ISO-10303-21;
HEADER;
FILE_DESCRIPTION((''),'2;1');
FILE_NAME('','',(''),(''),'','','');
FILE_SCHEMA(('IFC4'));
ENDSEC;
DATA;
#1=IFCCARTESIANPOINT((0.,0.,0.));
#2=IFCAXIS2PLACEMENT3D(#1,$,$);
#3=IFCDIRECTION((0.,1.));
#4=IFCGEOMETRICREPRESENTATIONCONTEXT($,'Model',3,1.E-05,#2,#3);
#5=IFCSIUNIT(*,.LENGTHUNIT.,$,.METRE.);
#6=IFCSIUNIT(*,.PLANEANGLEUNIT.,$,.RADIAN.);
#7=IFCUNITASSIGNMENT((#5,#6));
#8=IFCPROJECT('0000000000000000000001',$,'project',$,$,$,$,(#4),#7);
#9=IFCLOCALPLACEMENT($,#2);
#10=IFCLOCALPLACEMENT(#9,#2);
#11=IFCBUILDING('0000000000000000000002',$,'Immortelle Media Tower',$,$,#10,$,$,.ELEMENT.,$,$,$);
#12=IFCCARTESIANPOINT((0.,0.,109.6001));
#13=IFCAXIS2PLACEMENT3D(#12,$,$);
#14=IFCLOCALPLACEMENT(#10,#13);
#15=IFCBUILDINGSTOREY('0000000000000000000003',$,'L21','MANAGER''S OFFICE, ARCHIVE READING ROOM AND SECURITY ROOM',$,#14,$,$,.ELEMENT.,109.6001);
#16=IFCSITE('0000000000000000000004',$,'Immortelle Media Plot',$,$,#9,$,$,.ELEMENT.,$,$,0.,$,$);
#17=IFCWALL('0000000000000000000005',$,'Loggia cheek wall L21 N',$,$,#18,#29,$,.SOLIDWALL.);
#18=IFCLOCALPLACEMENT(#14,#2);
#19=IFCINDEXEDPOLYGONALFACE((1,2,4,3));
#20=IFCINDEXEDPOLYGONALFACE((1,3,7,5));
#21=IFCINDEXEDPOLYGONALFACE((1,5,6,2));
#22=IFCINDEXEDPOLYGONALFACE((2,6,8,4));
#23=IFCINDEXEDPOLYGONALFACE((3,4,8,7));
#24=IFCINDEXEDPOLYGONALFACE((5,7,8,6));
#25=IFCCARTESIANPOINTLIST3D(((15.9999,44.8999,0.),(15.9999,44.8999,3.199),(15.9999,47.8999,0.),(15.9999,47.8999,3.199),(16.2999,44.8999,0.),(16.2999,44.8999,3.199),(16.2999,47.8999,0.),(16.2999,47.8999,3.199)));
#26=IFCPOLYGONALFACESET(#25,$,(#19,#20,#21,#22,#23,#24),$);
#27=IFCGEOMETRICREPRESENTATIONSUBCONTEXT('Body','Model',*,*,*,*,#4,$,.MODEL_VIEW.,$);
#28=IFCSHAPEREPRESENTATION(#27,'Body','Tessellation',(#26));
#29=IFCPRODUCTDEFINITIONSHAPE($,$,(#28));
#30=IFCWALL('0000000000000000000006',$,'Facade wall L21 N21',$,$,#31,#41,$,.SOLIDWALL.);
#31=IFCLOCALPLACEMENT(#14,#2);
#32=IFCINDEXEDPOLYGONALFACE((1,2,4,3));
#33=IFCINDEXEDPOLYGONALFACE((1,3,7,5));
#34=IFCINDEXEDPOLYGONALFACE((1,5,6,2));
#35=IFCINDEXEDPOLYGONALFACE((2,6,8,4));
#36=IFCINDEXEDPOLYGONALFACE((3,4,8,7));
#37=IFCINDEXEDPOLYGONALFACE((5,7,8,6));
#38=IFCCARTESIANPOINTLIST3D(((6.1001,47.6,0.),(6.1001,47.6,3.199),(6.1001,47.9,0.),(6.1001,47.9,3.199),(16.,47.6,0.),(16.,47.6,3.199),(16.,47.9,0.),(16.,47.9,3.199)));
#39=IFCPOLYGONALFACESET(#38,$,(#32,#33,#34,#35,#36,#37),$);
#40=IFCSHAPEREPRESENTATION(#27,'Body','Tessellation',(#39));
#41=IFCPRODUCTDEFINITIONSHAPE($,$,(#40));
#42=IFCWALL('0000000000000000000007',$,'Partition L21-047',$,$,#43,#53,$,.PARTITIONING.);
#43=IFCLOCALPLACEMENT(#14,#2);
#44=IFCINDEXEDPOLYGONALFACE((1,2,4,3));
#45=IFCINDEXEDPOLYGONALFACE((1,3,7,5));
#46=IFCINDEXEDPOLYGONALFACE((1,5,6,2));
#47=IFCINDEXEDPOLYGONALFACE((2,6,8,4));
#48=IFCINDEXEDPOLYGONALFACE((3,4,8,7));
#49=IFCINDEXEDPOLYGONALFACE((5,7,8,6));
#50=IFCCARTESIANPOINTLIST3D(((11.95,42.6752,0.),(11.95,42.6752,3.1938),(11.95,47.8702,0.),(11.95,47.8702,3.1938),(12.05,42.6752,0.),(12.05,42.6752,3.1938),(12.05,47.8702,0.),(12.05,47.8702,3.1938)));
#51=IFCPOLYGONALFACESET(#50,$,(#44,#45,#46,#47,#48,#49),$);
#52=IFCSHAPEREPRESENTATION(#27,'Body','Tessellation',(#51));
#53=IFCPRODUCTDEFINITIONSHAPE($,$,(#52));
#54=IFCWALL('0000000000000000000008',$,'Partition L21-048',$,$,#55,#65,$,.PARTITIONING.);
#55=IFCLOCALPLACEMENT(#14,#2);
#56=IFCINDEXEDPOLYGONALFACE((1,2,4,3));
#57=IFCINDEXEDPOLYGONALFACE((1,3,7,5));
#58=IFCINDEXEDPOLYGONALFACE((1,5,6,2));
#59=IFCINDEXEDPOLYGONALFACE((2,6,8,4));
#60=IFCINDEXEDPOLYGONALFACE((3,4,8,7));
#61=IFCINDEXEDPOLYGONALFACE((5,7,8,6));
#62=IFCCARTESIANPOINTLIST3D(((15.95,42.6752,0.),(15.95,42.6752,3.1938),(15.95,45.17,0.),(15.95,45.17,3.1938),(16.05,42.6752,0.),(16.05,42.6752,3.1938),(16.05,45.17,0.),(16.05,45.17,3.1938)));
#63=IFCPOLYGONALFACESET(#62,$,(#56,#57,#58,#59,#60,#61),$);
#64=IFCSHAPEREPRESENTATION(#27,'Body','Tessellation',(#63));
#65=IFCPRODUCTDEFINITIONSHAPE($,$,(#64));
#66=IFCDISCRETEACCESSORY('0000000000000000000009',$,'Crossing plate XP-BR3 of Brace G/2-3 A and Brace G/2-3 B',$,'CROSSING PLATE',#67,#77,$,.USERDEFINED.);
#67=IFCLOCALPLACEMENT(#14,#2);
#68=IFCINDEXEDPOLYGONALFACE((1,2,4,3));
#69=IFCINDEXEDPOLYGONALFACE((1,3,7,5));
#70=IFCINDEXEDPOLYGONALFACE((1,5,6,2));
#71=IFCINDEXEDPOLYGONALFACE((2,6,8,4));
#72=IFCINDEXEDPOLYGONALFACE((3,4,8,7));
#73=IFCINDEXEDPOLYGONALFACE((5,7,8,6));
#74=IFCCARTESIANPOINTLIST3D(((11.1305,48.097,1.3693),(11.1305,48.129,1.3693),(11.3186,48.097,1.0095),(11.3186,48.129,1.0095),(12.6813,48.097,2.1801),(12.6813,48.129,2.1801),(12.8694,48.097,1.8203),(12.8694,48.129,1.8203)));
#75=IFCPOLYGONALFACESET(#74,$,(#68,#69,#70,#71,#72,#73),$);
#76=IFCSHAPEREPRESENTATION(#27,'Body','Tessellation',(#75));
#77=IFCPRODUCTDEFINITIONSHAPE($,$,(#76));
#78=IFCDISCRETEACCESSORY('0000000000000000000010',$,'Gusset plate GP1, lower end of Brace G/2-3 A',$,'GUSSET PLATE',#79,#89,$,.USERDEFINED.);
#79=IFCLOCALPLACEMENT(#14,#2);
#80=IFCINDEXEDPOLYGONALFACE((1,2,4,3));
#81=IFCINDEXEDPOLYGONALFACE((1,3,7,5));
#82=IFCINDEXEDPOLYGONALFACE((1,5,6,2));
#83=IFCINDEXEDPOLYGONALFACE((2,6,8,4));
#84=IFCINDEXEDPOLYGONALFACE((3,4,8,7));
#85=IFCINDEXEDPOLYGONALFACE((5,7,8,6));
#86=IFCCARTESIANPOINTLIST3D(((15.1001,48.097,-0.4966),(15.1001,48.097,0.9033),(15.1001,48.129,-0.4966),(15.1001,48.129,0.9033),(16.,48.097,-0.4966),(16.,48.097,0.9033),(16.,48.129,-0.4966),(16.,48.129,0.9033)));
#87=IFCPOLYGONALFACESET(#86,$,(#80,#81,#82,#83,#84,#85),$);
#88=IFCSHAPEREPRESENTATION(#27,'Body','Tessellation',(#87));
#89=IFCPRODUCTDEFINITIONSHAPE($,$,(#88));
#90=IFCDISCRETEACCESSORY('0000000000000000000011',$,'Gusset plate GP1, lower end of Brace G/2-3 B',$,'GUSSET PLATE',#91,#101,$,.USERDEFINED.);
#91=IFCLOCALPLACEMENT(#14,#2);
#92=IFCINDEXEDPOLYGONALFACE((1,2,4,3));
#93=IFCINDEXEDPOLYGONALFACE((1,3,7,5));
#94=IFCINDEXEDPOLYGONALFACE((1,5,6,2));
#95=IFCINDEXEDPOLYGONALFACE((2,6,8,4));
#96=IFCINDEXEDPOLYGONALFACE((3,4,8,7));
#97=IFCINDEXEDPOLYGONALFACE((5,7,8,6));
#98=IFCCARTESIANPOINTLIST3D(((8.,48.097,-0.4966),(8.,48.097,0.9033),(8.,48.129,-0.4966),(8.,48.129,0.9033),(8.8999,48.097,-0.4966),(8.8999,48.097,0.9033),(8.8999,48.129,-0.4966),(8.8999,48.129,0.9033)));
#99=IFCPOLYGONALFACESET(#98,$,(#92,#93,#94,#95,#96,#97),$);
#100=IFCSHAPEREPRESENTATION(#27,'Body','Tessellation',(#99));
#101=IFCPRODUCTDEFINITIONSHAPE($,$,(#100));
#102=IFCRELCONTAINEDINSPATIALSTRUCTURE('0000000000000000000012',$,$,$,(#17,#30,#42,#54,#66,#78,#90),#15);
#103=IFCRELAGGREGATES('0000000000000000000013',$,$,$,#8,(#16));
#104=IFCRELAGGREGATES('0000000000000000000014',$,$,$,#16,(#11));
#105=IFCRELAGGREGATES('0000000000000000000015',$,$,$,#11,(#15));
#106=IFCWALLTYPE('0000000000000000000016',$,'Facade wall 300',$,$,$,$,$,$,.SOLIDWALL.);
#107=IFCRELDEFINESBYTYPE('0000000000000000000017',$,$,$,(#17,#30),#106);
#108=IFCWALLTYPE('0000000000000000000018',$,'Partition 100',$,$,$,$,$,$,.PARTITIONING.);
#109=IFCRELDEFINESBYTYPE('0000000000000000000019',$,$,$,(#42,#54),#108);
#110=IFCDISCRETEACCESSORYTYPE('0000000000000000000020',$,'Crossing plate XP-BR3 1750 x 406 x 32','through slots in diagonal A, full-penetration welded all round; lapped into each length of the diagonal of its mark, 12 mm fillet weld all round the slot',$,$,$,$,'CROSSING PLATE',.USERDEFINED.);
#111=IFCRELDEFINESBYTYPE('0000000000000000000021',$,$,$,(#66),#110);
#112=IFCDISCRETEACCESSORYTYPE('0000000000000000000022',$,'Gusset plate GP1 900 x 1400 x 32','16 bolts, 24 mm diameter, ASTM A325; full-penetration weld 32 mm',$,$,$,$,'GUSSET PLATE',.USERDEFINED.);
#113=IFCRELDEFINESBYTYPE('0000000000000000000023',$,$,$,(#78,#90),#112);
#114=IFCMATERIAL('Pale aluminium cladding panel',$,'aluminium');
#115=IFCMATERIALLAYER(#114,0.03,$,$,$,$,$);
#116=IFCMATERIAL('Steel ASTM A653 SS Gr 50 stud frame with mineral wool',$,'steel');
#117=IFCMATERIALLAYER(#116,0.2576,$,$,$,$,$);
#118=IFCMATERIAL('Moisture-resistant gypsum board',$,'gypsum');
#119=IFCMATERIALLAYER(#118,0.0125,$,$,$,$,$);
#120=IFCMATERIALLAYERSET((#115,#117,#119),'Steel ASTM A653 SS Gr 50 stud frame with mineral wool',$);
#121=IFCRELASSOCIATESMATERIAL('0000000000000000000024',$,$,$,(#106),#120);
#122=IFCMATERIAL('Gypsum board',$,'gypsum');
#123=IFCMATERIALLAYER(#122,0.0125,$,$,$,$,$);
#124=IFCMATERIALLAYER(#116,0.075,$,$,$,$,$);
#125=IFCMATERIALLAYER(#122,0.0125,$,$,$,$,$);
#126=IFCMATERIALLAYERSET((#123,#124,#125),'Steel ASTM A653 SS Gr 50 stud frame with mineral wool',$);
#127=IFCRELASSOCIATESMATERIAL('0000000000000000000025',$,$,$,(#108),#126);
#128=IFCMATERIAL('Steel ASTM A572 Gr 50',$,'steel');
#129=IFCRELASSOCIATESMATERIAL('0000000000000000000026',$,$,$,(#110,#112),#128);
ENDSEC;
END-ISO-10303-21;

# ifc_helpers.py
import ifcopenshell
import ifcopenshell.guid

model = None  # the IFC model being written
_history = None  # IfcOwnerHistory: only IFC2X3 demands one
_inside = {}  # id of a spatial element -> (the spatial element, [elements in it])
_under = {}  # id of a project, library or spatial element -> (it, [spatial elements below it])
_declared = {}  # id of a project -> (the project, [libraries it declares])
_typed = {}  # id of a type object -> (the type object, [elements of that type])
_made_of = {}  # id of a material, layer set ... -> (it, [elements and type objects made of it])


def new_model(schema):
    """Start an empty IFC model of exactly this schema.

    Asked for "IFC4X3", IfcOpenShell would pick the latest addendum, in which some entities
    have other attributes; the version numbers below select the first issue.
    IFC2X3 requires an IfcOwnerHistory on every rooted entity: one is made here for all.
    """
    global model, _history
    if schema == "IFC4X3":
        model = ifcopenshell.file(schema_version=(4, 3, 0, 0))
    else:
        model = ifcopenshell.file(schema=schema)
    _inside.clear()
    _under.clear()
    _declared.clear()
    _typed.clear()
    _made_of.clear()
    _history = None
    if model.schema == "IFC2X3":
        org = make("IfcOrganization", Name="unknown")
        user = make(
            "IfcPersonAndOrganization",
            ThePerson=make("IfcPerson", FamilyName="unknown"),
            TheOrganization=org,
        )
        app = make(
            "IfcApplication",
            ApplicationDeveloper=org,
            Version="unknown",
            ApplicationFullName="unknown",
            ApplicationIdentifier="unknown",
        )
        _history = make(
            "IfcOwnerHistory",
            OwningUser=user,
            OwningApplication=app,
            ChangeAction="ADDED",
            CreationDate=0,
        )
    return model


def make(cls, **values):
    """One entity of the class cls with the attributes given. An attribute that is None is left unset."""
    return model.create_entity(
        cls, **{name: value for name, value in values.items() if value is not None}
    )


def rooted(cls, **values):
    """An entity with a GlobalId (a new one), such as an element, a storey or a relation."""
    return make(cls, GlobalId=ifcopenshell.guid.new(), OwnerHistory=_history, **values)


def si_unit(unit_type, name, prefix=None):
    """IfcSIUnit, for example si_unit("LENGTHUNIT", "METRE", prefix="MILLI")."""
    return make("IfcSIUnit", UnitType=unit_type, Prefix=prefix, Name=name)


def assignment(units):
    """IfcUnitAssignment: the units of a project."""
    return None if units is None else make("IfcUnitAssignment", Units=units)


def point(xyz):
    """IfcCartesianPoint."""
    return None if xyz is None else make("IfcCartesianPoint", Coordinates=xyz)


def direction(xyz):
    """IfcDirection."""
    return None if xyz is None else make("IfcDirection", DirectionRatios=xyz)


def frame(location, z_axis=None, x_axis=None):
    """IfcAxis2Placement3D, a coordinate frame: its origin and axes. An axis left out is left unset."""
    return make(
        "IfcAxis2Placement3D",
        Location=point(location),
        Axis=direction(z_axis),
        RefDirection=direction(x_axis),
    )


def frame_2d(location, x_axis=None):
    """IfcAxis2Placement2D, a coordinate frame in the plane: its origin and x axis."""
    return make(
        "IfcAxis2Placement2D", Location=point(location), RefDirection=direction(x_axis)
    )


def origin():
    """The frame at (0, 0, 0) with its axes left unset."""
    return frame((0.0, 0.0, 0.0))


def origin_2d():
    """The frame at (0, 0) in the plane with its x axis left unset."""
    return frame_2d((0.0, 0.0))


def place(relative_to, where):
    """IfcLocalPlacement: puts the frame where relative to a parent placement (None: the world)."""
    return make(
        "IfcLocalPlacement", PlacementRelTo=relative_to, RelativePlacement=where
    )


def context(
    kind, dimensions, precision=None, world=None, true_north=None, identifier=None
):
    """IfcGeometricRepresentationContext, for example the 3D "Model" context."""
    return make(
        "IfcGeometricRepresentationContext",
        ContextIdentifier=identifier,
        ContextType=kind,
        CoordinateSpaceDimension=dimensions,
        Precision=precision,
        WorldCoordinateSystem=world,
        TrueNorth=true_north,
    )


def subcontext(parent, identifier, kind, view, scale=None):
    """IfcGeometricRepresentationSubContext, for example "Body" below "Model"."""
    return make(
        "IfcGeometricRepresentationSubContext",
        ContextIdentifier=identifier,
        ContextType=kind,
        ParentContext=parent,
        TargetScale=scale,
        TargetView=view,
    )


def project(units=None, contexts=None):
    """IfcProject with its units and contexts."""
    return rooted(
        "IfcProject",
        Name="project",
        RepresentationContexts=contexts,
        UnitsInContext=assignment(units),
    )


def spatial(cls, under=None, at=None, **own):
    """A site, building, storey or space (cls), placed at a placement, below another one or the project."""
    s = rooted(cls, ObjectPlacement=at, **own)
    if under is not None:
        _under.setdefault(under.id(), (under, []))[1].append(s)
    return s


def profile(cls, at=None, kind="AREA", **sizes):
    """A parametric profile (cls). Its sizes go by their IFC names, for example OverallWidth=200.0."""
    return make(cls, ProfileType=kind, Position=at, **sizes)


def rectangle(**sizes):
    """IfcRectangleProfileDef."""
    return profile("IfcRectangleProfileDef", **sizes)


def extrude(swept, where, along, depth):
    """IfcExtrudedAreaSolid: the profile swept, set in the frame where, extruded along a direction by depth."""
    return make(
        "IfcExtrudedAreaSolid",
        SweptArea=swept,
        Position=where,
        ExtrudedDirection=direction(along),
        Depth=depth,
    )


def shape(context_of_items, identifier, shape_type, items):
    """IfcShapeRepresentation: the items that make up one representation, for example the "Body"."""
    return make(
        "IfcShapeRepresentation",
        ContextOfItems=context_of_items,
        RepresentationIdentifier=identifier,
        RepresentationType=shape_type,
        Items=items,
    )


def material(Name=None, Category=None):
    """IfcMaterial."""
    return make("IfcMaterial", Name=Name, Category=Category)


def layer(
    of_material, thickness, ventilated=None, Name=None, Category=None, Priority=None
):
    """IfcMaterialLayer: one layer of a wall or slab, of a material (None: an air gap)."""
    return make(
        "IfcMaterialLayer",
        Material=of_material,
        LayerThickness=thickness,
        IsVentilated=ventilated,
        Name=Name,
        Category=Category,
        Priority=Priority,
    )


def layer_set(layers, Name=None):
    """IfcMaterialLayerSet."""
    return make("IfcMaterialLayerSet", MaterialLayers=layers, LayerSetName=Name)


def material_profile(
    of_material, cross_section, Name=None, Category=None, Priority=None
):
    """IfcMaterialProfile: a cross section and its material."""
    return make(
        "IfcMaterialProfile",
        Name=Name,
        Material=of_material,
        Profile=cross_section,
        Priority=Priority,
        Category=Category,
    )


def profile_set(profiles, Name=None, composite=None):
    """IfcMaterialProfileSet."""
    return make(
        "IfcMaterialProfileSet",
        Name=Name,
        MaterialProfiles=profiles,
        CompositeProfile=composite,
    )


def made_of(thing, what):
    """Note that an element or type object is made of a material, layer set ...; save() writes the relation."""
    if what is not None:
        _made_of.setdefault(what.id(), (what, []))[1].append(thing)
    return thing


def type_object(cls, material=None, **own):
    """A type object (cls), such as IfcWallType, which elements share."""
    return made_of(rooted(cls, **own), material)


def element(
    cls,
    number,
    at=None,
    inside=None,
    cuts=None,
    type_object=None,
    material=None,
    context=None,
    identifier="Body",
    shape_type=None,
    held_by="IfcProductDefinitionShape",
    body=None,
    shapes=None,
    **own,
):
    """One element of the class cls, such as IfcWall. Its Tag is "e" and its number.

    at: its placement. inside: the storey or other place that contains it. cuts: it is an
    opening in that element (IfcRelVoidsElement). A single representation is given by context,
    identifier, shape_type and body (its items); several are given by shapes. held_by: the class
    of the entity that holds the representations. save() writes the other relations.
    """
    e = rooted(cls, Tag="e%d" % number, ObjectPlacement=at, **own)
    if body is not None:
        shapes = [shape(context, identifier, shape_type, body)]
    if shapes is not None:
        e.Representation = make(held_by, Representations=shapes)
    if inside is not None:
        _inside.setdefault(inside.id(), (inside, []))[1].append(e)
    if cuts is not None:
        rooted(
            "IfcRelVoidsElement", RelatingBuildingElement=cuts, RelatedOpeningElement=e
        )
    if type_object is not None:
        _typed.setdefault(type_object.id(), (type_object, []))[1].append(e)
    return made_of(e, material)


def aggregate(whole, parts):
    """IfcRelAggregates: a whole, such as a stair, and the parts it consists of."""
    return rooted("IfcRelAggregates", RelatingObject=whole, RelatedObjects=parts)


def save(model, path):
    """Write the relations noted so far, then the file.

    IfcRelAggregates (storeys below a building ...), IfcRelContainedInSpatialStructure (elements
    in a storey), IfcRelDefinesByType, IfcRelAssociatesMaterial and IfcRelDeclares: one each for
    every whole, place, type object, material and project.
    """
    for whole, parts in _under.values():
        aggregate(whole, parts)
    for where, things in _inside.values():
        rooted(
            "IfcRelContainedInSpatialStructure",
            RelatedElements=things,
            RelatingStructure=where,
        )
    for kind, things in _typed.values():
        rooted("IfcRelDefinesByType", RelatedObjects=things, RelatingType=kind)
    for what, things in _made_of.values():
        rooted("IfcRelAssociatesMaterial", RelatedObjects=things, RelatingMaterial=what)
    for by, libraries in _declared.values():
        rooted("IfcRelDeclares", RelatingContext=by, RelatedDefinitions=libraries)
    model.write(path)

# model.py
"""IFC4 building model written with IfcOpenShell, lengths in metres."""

from ifc_helpers import new_model, si_unit, direction, frame, frame_2d, origin, origin_2d, place, context, subcontext, project, spatial, rectangle, extrude, material, layer, layer_set, material_profile, profile_set, type_object, element, save


model = new_model("IFC4")

# Units and contexts
model_context = context("Model", 3, precision=1e-05, world=origin(), true_north=direction((0.0, 1.0)))
body_context = subcontext(model_context, "Body", "Model", "MODEL_VIEW")
ifc_project = project(units=[si_unit("LENGTHUNIT", "METRE"), si_unit("PLANEANGLEUNIT", "RADIAN")], contexts=[model_context])

# Site, building, storey
site_placement = place(None, origin())
site = spatial("IfcSite", under=ifc_project, at=site_placement, Name="Immortelle Media Plot", CompositionType="ELEMENT", RefElevation=0.0)
building_placement = place(site_placement, origin())
building = spatial("IfcBuilding", under=site, at=building_placement, Name="Immortelle Media Tower", CompositionType="ELEMENT")
storey_placement = place(building_placement, frame((0.0, 0.0, 109.6001)))
storey = spatial("IfcBuildingStorey", under=building, at=storey_placement, Name="L21", Description="MANAGER'S OFFICE, ARCHIVE READING ROOM AND SECURITY ROOM", CompositionType="ELEMENT", Elevation=109.6001)

# Shared definitions
ifc_material_1 = material(Name="Steel ASTM A653 SS Gr 50 stud frame with mineral wool", Category="steel")

# Walls
ifc_material_2 = material(Name="Pale aluminium cladding panel", Category="aluminium")
ifc_layer_1 = layer(ifc_material_2, 0.03)
ifc_layer_2 = layer(ifc_material_1, 0.2576)
ifc_material_3 = material(Name="Moisture-resistant gypsum board", Category="gypsum")
ifc_layer_3 = layer(ifc_material_3, 0.0125)
ifc_layer_set_1 = layer_set([ifc_layer_1, ifc_layer_2, ifc_layer_3], Name="Steel ASTM A653 SS Gr 50 stud frame with mineral wool")
wall_type_1 = type_object("IfcWallType", Name="Facade wall 300", PredefinedType="SOLIDWALL", material=ifc_layer_set_1)
wall_1_placement = place(storey_placement, frame((16.1499, 47.8999, 0.0), z_axis=(0.0, 0.0, 1.0), x_axis=(0.0, -1.0, 0.0)))
element("IfcWall", 1, at=wall_1_placement, inside=storey, type_object=wall_type_1, Name="Loggia cheek wall L21 N", PredefinedType="SOLIDWALL", context=body_context, shape_type="SweptSolid", body=[
    extrude(rectangle(XDim=3.0, YDim=0.3, at=frame_2d((1.5, 0.0))), origin(), (0.0, 0.0, 1.0), 3.199),
])
wall_2_placement = place(storey_placement, frame((16.0, 47.75, 0.0), z_axis=(0.0, 0.0, 1.0), x_axis=(-1.0, 0.0, 0.0)))
element("IfcWall", 2, at=wall_2_placement, inside=storey, type_object=wall_type_1, Name="Facade wall L21 N21", PredefinedType="SOLIDWALL", context=body_context, shape_type="SweptSolid", body=[
    extrude(rectangle(XDim=9.8999, YDim=0.3, at=frame_2d((4.95, 0.0))), origin(), (0.0, 0.0, 1.0), 3.199),
])
ifc_material_4 = material(Name="Gypsum board", Category="gypsum")
ifc_layer_4 = layer(ifc_material_4, 0.0125)
ifc_layer_5 = layer(ifc_material_1, 0.075)
ifc_layer_6 = layer(ifc_material_4, 0.0125)
ifc_layer_set_2 = layer_set([ifc_layer_4, ifc_layer_5, ifc_layer_6], Name="Steel ASTM A653 SS Gr 50 stud frame with mineral wool")
wall_type_2 = type_object("IfcWallType", Name="Partition 100", PredefinedType="PARTITIONING", material=ifc_layer_set_2)
wall_3_placement = place(storey_placement, frame((12.0, 42.675, 0.0), z_axis=(0.0, 0.0, 1.0), x_axis=(0.0, 1.0, 0.0)))
element("IfcWall", 3, at=wall_3_placement, inside=storey, type_object=wall_type_2, Name="Partition L21-047", PredefinedType="PARTITIONING", context=body_context, shape_type="SweptSolid", body=[
    extrude(rectangle(XDim=5.1951, YDim=0.1001, at=frame_2d((2.5977, 0.0))), origin(), (0.0, 0.0, 1.0), 3.1938),
])
wall_4_placement = place(storey_placement, frame((16.0, 42.675, 0.0), z_axis=(0.0, 0.0, 1.0), x_axis=(0.0, 1.0, 0.0)))
element("IfcWall", 4, at=wall_4_placement, inside=storey, type_object=wall_type_2, Name="Partition L21-048", PredefinedType="PARTITIONING", context=body_context, shape_type="SweptSolid", body=[
    extrude(rectangle(XDim=2.4949, YDim=0.1001, at=frame_2d((1.2476, 0.0))), origin(), (0.0, 0.0, 1.0), 3.1938),
])

# Discrete accessories
ifc_material_5 = material(Name="Steel ASTM A572 Gr 50", Category="steel")
ifc_material_profile_1 = material_profile(ifc_material_5, rectangle(XDim=0.032, YDim=0.406, at=origin_2d()), Name="PL 32 x 406")
ifc_profile_set_1 = profile_set([ifc_material_profile_1], Name="Steel ASTM A572 Gr 50")
discrete_accessory_type_1 = type_object("IfcDiscreteAccessoryType", Name="Crossing plate XP-BR3 1750 x 406 x 32", Description="through slots in diagonal A, full-penetration welded all round; lapped into each length of the diagonal of its mark, 12 mm fillet weld all round the slot", ElementType="CROSSING PLATE", PredefinedType="USERDEFINED", material=ifc_profile_set_1)
discrete_accessory_placement = place(storey_placement, frame((12.7754, 48.113, 2.0002), z_axis=(-0.886189, 0.0, -0.463324), x_axis=(0.0, -1.0, 0.0)))
element("IfcDiscreteAccessory", 5, at=discrete_accessory_placement, inside=storey, type_object=discrete_accessory_type_1, Name="Crossing plate XP-BR3 of Brace G/2-3 A and Brace G/2-3 B", ObjectType="CROSSING PLATE", PredefinedType="USERDEFINED", context=body_context, shape_type="SweptSolid", body=[
    extrude(rectangle(XDim=0.032, YDim=0.406, at=origin_2d()), origin(), (0.0, 0.0, 1.0), 1.75),
])
ifc_material_profile_2 = material_profile(ifc_material_5, rectangle(XDim=0.032, YDim=1.3999, at=origin_2d()), Name="PL 32 x 1400")
ifc_profile_set_2 = profile_set([ifc_material_profile_2], Name="Steel ASTM A572 Gr 50")
discrete_accessory_type_2 = type_object("IfcDiscreteAccessoryType", Name="Gusset plate GP1 900 x 1400 x 32", Description="16 bolts, 24 mm diameter, ASTM A325; full-penetration weld 32 mm", ElementType="GUSSET PLATE", PredefinedType="USERDEFINED", material=ifc_profile_set_2)
for number, where, z_axis, x_axis, name in (
    (6, (16.0, 48.113, 0.2034), (-1.0, 0.0, 0.0), (0.0, -1.0, 0.0), "Gusset plate GP1, lower end of Brace G/2-3 A"),
    (7, (8.0, 48.113, 0.2034), (1.0, 0.0, 0.0), (0.0, 1.0, 0.0), "Gusset plate GP1, lower end of Brace G/2-3 B"),
):
    element("IfcDiscreteAccessory", number, at=place(storey_placement, frame(where, z_axis=z_axis, x_axis=x_axis)), inside=storey, type_object=discrete_accessory_type_2, Name=name, ObjectType="GUSSET PLATE", PredefinedType="USERDEFINED", context=body_context, shape_type="SweptSolid", body=[
        extrude(rectangle(XDim=0.032, YDim=1.3999, at=origin_2d()), origin(), (0.0, 0.0, 1.0), 0.8999),
    ])

save(model, "model.ifc")
